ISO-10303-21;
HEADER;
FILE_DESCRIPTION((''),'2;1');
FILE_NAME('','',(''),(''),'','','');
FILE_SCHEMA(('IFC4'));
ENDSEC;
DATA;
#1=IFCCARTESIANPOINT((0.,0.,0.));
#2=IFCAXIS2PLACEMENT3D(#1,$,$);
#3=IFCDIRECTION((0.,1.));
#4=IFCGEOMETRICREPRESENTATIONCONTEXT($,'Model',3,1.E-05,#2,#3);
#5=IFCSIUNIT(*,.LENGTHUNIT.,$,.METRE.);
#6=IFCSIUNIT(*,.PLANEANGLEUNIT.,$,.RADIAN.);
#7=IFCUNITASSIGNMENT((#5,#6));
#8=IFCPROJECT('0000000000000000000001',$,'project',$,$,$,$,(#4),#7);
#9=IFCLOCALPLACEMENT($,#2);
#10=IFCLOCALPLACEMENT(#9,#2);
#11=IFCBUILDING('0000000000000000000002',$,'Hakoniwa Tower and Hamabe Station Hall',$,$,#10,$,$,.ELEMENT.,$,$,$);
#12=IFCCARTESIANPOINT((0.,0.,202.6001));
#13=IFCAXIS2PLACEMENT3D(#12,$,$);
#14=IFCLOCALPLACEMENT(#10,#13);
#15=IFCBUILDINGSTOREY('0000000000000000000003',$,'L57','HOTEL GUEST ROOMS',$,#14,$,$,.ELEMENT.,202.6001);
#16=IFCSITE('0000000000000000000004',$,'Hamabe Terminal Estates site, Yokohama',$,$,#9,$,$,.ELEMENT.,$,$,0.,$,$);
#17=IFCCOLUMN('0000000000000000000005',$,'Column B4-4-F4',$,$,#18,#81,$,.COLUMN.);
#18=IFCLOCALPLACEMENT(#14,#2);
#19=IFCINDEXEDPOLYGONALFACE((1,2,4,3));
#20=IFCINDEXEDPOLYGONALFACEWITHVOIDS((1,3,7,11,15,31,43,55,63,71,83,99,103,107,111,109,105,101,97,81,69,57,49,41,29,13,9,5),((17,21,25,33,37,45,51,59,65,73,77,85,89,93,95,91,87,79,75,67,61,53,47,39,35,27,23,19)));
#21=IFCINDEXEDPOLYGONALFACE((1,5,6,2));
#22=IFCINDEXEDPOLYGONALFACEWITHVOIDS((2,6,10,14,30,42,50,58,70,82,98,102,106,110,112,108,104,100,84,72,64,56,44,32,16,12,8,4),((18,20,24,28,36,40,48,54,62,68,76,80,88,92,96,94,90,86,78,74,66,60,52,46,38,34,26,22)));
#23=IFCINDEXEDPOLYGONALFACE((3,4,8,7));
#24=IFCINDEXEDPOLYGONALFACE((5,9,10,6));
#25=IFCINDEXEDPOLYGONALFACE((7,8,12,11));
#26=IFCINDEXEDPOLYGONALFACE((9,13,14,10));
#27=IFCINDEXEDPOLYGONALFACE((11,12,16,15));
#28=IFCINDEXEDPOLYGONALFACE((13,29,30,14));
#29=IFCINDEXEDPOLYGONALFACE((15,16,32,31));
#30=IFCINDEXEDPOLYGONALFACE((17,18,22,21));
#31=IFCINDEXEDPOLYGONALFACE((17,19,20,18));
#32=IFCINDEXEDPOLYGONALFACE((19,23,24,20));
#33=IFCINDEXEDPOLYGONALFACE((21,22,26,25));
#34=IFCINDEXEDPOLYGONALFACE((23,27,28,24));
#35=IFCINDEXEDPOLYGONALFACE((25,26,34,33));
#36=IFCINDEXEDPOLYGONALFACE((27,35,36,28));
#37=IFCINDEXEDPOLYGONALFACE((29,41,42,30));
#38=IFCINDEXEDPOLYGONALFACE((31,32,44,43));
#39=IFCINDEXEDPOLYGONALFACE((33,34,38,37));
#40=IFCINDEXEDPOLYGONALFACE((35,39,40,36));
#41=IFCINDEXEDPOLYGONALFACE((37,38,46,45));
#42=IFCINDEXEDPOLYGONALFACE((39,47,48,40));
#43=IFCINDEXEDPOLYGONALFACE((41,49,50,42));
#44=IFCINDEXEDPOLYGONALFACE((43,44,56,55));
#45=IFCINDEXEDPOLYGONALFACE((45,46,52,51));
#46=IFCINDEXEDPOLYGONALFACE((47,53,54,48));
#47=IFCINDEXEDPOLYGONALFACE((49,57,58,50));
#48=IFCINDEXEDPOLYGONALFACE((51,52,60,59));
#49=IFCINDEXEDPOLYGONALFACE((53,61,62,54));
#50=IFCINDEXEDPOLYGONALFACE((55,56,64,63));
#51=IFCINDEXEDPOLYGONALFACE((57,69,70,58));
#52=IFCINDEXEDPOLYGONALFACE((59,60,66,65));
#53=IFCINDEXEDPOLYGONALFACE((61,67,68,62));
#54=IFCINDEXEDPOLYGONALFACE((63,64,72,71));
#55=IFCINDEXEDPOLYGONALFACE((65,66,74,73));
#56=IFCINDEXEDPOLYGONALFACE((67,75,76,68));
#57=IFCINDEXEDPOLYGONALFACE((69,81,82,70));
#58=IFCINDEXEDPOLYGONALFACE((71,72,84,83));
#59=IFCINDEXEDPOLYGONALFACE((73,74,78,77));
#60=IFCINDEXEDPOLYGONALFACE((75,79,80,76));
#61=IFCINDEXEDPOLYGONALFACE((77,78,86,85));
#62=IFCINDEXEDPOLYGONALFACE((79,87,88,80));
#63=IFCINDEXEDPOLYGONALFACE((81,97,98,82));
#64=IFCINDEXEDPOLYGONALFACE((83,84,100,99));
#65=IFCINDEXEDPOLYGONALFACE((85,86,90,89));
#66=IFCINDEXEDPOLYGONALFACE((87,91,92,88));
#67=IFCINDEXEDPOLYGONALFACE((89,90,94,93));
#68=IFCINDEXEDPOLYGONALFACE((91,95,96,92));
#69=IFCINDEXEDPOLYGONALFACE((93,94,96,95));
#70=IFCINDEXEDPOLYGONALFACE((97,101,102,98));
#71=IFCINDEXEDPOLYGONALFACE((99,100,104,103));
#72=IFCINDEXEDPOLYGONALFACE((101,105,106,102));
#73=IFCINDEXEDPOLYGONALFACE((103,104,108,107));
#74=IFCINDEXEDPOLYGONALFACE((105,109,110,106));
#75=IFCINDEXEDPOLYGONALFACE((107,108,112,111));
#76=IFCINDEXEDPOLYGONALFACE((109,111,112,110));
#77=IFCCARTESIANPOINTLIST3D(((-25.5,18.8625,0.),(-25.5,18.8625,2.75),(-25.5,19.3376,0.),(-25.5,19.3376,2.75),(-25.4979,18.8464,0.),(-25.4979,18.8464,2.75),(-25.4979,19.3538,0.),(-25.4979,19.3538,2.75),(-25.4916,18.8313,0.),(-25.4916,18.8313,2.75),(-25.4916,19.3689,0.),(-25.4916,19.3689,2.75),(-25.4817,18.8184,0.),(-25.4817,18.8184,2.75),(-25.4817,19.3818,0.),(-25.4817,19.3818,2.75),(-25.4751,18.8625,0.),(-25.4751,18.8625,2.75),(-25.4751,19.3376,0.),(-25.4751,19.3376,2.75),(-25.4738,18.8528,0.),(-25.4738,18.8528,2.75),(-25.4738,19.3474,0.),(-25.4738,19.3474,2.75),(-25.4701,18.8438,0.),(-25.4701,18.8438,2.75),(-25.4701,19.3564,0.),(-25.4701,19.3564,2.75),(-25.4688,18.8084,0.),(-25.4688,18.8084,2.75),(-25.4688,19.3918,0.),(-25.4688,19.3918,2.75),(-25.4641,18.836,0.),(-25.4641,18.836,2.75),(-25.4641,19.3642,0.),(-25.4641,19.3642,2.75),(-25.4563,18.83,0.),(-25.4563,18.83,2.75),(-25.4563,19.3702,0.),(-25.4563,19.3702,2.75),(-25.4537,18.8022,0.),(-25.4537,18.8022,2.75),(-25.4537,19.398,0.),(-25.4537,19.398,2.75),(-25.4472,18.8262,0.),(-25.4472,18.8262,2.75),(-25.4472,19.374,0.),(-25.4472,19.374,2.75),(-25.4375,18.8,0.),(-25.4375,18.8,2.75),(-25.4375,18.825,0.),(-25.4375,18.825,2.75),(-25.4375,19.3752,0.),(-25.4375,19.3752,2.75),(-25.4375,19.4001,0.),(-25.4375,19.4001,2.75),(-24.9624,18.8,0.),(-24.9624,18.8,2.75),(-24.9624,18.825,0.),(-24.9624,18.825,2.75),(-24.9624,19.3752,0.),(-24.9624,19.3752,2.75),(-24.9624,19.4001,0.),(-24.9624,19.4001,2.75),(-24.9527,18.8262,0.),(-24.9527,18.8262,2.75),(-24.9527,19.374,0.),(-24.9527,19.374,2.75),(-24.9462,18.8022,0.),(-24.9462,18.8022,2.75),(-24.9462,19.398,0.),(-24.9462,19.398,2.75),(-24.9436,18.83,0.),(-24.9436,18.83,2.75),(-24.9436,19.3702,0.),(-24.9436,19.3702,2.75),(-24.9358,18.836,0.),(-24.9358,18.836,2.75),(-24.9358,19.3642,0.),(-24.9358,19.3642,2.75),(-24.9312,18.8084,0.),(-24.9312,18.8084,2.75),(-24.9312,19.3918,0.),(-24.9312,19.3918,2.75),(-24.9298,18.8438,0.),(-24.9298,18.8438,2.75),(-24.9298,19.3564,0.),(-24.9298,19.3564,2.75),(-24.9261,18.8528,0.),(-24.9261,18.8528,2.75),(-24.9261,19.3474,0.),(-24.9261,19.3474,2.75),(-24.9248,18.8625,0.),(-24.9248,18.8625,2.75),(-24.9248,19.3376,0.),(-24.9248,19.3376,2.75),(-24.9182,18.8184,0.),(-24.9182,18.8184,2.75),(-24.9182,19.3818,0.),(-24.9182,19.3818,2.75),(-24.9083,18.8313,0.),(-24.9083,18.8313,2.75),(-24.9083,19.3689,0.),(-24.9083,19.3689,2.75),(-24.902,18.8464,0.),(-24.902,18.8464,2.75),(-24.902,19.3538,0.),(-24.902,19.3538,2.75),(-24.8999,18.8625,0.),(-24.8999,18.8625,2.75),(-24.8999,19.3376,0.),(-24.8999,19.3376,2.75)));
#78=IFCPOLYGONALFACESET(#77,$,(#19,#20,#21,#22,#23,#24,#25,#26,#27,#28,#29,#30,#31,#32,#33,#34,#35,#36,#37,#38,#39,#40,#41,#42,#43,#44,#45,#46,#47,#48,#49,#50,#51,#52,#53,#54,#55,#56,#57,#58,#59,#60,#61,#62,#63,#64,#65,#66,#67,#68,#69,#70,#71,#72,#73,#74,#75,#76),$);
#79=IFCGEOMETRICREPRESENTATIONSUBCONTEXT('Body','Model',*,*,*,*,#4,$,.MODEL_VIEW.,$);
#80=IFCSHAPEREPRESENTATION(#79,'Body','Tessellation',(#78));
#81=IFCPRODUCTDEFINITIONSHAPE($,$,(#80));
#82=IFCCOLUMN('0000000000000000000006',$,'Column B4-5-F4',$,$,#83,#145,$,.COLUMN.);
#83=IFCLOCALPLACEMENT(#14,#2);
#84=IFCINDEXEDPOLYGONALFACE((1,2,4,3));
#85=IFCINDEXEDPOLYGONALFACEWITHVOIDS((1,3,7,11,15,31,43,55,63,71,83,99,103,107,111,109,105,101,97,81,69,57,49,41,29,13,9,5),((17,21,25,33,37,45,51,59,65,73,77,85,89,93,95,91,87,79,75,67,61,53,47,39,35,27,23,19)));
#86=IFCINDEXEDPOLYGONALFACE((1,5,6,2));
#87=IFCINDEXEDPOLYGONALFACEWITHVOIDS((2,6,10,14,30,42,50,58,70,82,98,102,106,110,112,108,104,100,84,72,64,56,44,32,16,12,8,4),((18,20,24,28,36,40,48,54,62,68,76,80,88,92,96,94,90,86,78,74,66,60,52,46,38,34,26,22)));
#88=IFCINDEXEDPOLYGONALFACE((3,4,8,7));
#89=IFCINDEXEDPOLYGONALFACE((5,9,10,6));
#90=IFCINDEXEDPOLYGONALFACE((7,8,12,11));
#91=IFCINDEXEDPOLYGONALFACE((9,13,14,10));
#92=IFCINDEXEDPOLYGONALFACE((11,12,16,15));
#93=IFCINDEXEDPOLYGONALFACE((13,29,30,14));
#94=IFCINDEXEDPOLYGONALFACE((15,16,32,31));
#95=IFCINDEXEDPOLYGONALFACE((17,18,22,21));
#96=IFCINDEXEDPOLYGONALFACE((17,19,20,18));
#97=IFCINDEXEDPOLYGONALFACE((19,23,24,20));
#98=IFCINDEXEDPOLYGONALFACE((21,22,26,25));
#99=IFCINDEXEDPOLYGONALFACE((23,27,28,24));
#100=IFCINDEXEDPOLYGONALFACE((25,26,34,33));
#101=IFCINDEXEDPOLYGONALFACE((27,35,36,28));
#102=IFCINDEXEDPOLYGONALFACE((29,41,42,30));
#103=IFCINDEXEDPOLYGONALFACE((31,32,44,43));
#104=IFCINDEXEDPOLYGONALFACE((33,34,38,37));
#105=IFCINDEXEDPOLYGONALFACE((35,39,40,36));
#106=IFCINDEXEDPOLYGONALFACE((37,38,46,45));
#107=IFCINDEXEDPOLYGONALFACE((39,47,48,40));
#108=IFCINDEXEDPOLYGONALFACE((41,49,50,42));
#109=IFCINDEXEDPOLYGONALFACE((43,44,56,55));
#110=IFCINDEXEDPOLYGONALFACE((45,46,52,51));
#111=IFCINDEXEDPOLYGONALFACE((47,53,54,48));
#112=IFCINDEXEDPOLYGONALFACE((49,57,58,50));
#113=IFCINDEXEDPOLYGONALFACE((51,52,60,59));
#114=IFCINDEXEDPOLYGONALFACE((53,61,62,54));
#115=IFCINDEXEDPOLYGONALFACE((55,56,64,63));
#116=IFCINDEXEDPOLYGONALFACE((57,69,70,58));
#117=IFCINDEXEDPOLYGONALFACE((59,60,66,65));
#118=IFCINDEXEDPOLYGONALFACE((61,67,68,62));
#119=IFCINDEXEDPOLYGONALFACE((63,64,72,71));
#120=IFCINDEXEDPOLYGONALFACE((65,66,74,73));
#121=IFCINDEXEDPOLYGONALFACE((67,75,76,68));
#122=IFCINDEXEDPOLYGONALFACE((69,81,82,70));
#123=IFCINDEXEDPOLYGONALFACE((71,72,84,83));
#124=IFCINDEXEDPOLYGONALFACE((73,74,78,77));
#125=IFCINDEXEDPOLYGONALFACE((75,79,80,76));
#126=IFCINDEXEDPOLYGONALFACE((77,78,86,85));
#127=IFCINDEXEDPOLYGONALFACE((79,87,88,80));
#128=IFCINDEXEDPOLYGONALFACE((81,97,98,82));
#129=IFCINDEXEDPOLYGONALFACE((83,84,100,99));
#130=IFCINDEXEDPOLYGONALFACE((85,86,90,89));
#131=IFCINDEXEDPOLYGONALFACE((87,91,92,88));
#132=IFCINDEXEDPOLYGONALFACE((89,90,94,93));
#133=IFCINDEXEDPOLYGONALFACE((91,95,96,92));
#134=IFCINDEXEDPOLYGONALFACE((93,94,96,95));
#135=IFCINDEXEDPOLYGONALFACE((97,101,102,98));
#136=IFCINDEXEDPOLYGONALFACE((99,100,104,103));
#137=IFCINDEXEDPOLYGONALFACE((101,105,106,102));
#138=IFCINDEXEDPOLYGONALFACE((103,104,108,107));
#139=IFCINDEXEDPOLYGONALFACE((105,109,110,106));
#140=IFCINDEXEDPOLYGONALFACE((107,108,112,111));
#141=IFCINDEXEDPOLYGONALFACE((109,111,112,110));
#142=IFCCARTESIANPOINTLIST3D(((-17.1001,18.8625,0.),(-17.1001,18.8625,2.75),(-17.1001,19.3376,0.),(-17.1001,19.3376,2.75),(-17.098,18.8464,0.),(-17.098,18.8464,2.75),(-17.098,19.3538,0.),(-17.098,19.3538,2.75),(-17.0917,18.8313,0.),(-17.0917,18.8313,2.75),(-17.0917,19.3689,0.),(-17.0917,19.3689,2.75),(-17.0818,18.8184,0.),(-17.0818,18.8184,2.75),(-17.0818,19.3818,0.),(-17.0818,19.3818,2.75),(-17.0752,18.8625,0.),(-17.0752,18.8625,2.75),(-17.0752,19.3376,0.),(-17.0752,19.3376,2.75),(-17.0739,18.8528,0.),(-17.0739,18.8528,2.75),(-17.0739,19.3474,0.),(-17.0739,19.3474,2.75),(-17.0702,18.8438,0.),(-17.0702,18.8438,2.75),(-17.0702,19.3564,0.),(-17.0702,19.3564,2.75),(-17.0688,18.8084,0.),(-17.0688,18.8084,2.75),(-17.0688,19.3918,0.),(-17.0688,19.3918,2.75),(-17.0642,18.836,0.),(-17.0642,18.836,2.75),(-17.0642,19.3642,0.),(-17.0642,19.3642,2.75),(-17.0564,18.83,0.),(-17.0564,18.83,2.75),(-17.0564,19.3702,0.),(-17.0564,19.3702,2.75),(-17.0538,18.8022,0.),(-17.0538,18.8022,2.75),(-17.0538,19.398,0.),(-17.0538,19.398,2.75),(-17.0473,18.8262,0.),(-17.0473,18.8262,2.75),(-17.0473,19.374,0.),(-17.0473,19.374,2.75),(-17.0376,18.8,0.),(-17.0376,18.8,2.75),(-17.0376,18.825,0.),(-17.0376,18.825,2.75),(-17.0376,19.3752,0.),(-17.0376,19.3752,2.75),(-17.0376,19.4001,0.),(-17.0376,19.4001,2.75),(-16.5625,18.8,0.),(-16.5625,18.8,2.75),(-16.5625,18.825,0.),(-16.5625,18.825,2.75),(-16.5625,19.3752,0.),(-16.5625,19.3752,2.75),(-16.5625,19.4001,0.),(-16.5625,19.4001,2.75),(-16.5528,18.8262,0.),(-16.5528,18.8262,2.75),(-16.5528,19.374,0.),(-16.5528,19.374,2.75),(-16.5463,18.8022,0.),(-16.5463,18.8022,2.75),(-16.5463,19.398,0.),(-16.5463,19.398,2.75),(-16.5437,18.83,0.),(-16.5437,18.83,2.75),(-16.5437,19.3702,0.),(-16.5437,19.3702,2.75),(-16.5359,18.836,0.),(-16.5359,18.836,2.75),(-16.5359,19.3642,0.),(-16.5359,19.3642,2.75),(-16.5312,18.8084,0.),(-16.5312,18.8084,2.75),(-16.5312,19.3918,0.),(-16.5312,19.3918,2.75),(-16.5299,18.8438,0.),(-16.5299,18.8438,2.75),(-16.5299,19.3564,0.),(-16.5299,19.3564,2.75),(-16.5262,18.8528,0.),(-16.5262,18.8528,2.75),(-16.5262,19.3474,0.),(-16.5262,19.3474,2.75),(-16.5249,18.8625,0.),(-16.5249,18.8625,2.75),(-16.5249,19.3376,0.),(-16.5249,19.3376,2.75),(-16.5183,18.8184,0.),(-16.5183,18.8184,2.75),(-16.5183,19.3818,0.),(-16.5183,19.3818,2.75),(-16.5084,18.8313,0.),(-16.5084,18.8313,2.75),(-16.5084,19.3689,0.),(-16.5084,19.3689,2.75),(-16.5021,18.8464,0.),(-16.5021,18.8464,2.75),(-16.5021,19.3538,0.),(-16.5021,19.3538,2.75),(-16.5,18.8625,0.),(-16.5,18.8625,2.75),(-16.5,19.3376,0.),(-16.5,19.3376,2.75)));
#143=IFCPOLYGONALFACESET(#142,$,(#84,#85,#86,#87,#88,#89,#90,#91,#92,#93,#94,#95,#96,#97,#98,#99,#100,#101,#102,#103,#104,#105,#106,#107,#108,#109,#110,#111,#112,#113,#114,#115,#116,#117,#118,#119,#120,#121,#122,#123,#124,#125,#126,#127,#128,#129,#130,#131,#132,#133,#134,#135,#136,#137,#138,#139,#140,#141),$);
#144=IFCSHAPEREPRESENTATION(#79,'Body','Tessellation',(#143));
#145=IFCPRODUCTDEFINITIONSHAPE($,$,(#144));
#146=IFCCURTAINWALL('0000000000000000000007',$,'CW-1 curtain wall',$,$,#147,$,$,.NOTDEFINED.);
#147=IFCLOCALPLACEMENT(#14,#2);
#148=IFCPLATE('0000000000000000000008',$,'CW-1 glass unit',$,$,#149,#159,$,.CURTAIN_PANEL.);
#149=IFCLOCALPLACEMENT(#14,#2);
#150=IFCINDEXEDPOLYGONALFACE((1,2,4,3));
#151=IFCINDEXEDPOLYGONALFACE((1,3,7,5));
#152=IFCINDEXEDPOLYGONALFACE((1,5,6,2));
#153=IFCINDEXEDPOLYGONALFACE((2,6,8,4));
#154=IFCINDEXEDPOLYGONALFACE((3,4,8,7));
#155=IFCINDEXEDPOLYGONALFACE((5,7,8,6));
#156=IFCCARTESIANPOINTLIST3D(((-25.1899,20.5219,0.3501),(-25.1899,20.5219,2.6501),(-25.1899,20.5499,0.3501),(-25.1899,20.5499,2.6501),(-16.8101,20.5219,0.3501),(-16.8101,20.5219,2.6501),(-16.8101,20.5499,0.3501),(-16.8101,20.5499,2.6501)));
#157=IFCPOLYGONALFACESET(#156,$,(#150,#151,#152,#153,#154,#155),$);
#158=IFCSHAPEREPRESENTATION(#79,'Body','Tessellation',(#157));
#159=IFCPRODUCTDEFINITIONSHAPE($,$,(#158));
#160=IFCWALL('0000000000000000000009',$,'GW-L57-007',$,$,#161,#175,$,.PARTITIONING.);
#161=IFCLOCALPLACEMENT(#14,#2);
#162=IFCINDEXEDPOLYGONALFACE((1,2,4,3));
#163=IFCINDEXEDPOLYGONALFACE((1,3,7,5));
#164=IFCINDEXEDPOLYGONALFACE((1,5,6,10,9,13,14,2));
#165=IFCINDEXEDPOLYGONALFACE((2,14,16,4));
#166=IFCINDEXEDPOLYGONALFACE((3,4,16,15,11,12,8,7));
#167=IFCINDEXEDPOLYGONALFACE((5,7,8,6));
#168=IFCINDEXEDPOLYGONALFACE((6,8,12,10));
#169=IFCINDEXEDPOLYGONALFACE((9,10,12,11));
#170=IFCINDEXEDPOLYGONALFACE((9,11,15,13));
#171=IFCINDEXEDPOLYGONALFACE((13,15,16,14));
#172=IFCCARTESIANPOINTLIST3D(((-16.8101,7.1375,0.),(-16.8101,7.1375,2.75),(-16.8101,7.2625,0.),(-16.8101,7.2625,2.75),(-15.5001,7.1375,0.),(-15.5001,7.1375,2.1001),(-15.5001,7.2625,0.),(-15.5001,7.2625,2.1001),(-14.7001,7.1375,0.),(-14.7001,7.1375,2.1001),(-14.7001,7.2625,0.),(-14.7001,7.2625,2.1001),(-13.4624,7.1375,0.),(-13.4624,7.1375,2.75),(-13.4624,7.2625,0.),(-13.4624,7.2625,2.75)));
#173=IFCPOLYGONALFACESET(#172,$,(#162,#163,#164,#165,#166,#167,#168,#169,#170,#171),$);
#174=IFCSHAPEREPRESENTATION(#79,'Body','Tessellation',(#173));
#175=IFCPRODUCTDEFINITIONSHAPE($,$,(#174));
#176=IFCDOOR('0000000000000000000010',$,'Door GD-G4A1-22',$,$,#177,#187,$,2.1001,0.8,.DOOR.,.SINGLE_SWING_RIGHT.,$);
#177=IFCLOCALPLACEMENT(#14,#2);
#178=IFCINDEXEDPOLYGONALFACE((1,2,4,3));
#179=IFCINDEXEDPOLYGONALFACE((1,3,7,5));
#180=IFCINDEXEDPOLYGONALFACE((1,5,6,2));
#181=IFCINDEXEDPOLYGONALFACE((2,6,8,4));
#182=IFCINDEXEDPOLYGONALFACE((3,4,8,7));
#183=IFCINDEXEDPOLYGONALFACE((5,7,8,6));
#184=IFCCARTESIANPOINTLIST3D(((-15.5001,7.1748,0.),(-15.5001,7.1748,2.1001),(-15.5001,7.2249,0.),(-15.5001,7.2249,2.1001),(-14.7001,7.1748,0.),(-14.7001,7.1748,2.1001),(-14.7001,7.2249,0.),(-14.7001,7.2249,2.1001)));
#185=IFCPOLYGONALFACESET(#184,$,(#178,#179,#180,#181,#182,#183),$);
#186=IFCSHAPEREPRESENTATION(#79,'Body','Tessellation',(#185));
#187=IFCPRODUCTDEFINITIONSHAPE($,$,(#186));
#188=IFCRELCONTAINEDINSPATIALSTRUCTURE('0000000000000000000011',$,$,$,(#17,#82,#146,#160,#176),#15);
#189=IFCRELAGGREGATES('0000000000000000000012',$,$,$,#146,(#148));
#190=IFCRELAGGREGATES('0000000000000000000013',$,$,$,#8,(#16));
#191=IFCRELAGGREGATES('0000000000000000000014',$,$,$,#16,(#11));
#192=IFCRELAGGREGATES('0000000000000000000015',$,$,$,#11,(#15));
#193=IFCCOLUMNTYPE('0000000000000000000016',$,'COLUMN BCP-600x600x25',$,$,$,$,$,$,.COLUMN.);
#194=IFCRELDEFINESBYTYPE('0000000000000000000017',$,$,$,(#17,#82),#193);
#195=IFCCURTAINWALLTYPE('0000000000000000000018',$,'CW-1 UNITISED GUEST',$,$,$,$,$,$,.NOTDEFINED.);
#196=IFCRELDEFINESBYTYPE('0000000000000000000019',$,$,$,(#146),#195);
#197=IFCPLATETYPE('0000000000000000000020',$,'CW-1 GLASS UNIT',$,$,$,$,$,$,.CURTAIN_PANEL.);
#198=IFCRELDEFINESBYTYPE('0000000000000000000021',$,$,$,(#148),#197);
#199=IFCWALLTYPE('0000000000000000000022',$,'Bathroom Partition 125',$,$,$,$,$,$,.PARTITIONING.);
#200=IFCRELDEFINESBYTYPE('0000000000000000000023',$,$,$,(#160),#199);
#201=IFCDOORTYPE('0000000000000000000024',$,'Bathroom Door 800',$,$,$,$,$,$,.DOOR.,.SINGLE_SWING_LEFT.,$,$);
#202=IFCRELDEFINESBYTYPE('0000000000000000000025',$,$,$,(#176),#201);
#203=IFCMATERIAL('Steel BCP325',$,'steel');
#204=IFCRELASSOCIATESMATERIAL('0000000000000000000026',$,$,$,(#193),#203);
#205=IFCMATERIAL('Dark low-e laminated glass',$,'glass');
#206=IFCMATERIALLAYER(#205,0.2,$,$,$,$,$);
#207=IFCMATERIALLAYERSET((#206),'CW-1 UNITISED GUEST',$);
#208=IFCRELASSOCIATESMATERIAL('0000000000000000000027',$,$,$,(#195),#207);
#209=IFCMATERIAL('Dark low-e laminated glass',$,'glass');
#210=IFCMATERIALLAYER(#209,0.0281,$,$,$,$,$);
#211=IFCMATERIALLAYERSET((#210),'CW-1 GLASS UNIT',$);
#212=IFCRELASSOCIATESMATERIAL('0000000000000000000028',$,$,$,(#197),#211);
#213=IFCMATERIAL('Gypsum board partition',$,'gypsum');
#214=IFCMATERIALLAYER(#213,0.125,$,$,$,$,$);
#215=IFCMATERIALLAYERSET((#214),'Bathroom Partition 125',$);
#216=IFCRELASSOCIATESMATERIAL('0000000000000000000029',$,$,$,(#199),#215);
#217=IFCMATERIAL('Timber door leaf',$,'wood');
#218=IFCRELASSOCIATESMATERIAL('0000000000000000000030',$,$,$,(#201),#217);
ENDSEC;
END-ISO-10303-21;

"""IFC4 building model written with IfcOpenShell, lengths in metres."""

from ifc_helpers import new_model, si_unit, direction, frame, frame_2d, origin, origin_2d, place, context, subcontext, project, spatial, rectangle, hollow_rectangle, extrude, material, layer, layer_set, material_profile, profile_set, type_object, element, fill, aggregate, save


model = new_model("IFC4")

# Units and contexts
model_context = context("Model", 3, precision=1e-05, world=origin(), true_north=direction((0.0, 1.0)))
body_context = subcontext(model_context, "Body", "Model", "MODEL_VIEW")
ifc_project = project(units=[si_unit("LENGTHUNIT", "METRE"), si_unit("PLANEANGLEUNIT", "RADIAN")], contexts=[model_context])

# Site, building, storey
site_placement = place(None, origin())
site = spatial("IfcSite", under=ifc_project, at=site_placement, Name="Hamabe Terminal Estates site, Yokohama", CompositionType="ELEMENT", RefElevation=0.0)
building_placement = place(site_placement, origin())
building = spatial("IfcBuilding", under=site, at=building_placement, Name="Hakoniwa Tower and Hamabe Station Hall", CompositionType="ELEMENT")
storey_placement = place(building_placement, frame((0.0, 0.0, 202.6001)))
storey = spatial("IfcBuildingStorey", under=building, at=storey_placement, Name="L57", Description="HOTEL GUEST ROOMS", CompositionType="ELEMENT", Elevation=202.6001)

# Columns
ifc_material_1 = material(Name="Steel BCP325", Category="steel")
ifc_material_profile = material_profile(ifc_material_1, hollow_rectangle(XDim=0.6001, YDim=0.6001, WallThickness=0.0249, InnerFilletRadius=0.0376, OuterFilletRadius=0.0625, at=origin_2d()), Name="BCP-600x600x25")
ifc_profile_set = profile_set([ifc_material_profile], Name="Steel BCP325")
column_type = type_object("IfcColumnType", Name="COLUMN BCP-600x600x25", PredefinedType="COLUMN", material=ifc_profile_set)
for number, where, z_axis, x_axis, name in (
    (1, (-25.2, 19.1001, 0.0), (0.0, 0.0, 1.0), (1.0, 0.0, 0.0), "Column B4-4-F4"),
    (2, (-16.8, 19.1001, 0.0), (0.0, 0.0, 1.0), (1.0, 0.0, 0.0), "Column B4-5-F4"),
):
    element("IfcColumn", number, at=place(storey_placement, frame(where, z_axis=z_axis, x_axis=x_axis)), inside=storey, type_object=column_type, Name=name, PredefinedType="COLUMN", context=body_context, shape_type="SweptSolid", body=[
        extrude(hollow_rectangle(XDim=0.6001, YDim=0.6001, WallThickness=0.0249, InnerFilletRadius=0.0376, OuterFilletRadius=0.0625, at=origin_2d()), origin(), (0.0, 0.0, 1.0), 2.75),
    ])

# Curtain wall, plate
ifc_material_2 = material(Name="Dark low-e laminated glass", Category="glass")
ifc_layer_1 = layer(ifc_material_2, 0.2)
ifc_layer_set_1 = layer_set([ifc_layer_1], Name="CW-1 UNITISED GUEST")
curtain_wall_type = type_object("IfcCurtainWallType", Name="CW-1 UNITISED GUEST", PredefinedType="NOTDEFINED", material=ifc_layer_set_1)
curtain_wall_placement = place(storey_placement, origin())
curtain_wall = element("IfcCurtainWall", 3, at=curtain_wall_placement, inside=storey, type_object=curtain_wall_type, Name="CW-1 curtain wall", PredefinedType="NOTDEFINED")
ifc_material_3 = material(Name="Dark low-e laminated glass", Category="glass")
ifc_layer_2 = layer(ifc_material_3, 0.0281)
ifc_layer_set_2 = layer_set([ifc_layer_2], Name="CW-1 GLASS UNIT")
plate_type = type_object("IfcPlateType", Name="CW-1 GLASS UNIT", PredefinedType="CURTAIN_PANEL", material=ifc_layer_set_2)
plate_placement = place(storey_placement, frame((-21.0, 20.5359, 0.3501), z_axis=(0.0, 0.0, 1.0), x_axis=(-1.0, 0.0, 0.0)))
plate = element("IfcPlate", 4, at=plate_placement, type_object=plate_type, Name="CW-1 glass unit", PredefinedType="CURTAIN_PANEL", context=body_context, shape_type="SweptSolid", body=[
    extrude(rectangle(XDim=8.3799, YDim=0.0281, at=origin_2d()), origin(), (0.0, 0.0, 1.0), 2.3),
])
aggregate(curtain_wall, [plate])

# Wall, opening, door
ifc_material_4 = material(Name="Gypsum board partition", Category="gypsum")
ifc_layer_3 = layer(ifc_material_4, 0.125)
ifc_layer_set_3 = layer_set([ifc_layer_3], Name="Bathroom Partition 125")
wall_type_1 = type_object("IfcWallType", Name="Bathroom Partition 125", PredefinedType="PARTITIONING", material=ifc_layer_set_3)
wall_1_placement = place(storey_placement, frame((-16.8101, 7.2, 0.0), z_axis=(0.0, 0.0, 1.0), x_axis=(1.0, 0.0, 0.0)))
wall_1 = element("IfcWall", 5, at=wall_1_placement, inside=storey, type_object=wall_type_1, Name="GW-L57-007", PredefinedType="PARTITIONING", context=body_context, shape_type="SweptSolid", body=[
    extrude(rectangle(XDim=3.3477, YDim=0.125, at=frame_2d((1.6738, 0.0))), origin(), (0.0, 0.0, 1.0), 2.75),
])
opening_1_placement = place(wall_1_placement, frame((1.3101, 0.0, 0.0)))
opening_1 = element("IfcOpeningElement", 6, at=opening_1_placement, cuts=wall_1, PredefinedType="OPENING", context=body_context, shape_type="SweptSolid", body=[
    extrude(rectangle(XDim=0.8, YDim=2.1001, at=frame_2d((0.3999, 1.05))), frame((0.0, 0.0725, 0.0), z_axis=(0.0, -1.0, 0.0), x_axis=(1.0, 0.0, 0.0)), (0.0, 0.0, 1.0), 0.145),
])
ifc_material_5 = material(Name="Timber door leaf", Category="wood")
door_type_1 = type_object("IfcDoorType", Name="Bathroom Door 800", OperationType="SINGLE_SWING_LEFT", PredefinedType="DOOR", material=ifc_material_5)
door_1_placement = place(opening_1_placement, origin())
door_1 = element("IfcDoor", 7, at=door_1_placement, inside=storey, type_object=door_type_1, Name="Door GD-G4A1-22", OperationType="SINGLE_SWING_RIGHT", OverallHeight=2.1001, OverallWidth=0.8, PredefinedType="DOOR", context=body_context, shape_type="SweptSolid", body=[
    extrude(rectangle(XDim=0.8, YDim=2.1001, at=frame_2d((0.3999, 1.05))), frame((0.0, 0.0249, 0.0), z_axis=(0.0, -1.0, 0.0), x_axis=(1.0, 0.0, 0.0)), (0.0, 0.0, 1.0), 0.05),
])
fill(opening_1, door_1)

save(model, "model.ifc")
